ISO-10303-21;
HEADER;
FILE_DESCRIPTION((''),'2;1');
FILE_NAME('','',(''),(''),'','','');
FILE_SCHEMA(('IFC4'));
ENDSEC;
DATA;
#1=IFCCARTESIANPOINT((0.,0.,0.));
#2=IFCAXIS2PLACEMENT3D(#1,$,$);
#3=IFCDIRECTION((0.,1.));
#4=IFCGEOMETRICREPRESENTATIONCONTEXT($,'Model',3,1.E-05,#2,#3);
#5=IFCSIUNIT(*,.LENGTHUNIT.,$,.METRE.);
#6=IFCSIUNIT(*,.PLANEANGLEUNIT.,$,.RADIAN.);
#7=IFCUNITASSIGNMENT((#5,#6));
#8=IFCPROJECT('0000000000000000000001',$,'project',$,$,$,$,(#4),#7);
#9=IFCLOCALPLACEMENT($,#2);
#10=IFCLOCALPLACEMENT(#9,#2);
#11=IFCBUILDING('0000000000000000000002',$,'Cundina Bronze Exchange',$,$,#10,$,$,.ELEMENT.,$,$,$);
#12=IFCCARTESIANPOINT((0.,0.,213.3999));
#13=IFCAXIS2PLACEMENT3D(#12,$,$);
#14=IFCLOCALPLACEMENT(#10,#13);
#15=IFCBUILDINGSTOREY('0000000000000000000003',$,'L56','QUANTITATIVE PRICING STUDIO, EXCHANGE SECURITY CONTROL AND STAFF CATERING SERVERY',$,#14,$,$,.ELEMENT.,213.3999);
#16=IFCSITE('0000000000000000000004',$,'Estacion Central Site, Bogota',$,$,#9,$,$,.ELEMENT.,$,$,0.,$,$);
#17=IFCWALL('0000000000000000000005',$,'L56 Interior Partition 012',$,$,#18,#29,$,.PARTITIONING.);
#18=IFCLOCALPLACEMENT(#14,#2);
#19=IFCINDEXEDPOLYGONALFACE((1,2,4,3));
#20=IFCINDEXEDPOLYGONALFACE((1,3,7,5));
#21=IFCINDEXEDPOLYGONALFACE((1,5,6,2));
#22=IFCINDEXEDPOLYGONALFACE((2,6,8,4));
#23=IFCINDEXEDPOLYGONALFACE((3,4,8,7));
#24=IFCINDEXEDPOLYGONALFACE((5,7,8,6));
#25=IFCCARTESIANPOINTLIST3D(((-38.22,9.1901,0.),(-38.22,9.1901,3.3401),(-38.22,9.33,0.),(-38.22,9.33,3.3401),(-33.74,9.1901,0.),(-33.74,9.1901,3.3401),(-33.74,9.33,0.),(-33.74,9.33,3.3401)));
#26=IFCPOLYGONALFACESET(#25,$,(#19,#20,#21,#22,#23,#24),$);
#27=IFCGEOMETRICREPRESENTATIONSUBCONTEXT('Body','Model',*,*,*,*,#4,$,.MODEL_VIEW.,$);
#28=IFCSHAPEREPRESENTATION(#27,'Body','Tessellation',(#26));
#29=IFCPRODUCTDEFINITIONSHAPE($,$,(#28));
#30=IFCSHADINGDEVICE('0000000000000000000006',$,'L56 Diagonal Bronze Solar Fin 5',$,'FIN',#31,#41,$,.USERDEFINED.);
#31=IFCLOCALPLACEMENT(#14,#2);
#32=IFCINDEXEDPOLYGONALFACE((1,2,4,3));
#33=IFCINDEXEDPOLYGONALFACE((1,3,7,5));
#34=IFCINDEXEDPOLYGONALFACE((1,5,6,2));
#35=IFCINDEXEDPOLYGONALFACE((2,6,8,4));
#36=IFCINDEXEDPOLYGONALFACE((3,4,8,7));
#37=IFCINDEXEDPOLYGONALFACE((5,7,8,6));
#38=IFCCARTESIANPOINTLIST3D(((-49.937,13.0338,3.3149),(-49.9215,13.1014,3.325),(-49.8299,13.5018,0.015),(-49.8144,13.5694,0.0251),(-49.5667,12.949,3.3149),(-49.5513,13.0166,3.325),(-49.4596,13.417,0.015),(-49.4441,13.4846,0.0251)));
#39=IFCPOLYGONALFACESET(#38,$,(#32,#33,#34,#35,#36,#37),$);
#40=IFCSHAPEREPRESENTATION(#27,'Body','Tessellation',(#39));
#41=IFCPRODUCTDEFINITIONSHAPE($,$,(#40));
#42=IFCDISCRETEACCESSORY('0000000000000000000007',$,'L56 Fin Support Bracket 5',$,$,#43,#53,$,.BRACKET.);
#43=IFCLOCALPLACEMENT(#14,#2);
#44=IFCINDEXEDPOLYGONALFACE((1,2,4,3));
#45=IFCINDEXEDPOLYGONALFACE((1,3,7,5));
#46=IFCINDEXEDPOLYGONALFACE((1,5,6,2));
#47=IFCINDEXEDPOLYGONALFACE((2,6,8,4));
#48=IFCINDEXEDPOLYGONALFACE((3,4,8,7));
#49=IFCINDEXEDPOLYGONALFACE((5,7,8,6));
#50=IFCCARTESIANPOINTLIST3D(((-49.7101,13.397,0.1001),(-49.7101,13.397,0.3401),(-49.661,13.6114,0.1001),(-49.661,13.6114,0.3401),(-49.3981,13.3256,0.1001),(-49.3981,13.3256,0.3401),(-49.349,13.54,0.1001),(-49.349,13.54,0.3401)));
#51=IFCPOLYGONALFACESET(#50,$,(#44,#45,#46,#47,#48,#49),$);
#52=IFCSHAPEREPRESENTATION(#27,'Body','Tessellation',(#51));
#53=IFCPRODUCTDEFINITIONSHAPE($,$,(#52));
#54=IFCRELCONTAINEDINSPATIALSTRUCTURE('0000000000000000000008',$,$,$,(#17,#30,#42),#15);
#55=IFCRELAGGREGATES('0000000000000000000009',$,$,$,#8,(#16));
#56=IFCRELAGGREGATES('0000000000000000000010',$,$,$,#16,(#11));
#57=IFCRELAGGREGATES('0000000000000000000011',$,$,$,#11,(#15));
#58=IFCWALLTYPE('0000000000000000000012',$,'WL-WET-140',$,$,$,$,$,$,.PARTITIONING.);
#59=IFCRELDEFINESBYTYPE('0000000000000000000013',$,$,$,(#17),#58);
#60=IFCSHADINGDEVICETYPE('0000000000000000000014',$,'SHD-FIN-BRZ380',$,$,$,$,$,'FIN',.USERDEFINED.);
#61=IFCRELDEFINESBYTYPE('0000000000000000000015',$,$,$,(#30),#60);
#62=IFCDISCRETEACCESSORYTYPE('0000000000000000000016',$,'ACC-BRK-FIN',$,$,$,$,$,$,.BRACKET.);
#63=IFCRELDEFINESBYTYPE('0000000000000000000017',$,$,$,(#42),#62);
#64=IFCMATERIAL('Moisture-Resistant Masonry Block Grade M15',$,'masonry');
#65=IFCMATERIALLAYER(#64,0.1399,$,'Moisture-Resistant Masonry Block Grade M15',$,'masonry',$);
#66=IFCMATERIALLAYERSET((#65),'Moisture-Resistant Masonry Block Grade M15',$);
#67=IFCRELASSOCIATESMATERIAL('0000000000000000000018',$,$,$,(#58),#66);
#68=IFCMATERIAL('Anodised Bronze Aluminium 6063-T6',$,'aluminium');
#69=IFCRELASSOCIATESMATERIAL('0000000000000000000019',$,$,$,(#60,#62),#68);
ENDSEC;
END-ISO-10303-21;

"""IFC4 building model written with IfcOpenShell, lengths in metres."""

from ifc_helpers import new_model, si_unit, direction, frame, frame_2d, origin, origin_2d, place, context, subcontext, project, spatial, rectangle, extrude, material, layer, layer_set, material_profile, profile_set, type_object, element, save


model = new_model("IFC4")

# Units and contexts
model_context = context("Model", 3, precision=1e-05, world=origin(), true_north=direction((0.0, 1.0)))
body_context = subcontext(model_context, "Body", "Model", "MODEL_VIEW")
ifc_project = project(units=[si_unit("LENGTHUNIT", "METRE"), si_unit("PLANEANGLEUNIT", "RADIAN")], contexts=[model_context])

# Site, building, storey
site_placement = place(None, origin())
site = spatial("IfcSite", under=ifc_project, at=site_placement, Name="Estacion Central Site, Bogota", CompositionType="ELEMENT", RefElevation=0.0)
building_placement = place(site_placement, origin())
building = spatial("IfcBuilding", under=site, at=building_placement, Name="Cundina Bronze Exchange", CompositionType="ELEMENT")
storey_placement = place(building_placement, frame((0.0, 0.0, 213.3999)))
storey = spatial("IfcBuildingStorey", under=building, at=storey_placement, Name="L56", Description="QUANTITATIVE PRICING STUDIO, EXCHANGE SECURITY CONTROL AND STAFF CATERING SERVERY", CompositionType="ELEMENT", Elevation=213.3999)

# Shared definitions
ifc_material_1 = material(Name="Anodised Bronze Aluminium 6063-T6", Category="aluminium")

# Wall
ifc_material_2 = material(Name="Moisture-Resistant Masonry Block Grade M15", Category="masonry")
ifc_layer_1 = layer(ifc_material_2, 0.1399, Name="Moisture-Resistant Masonry Block Grade M15", Category="masonry")
ifc_layer_set_1 = layer_set([ifc_layer_1], Name="Moisture-Resistant Masonry Block Grade M15")
wall_type_1 = type_object("IfcWallType", Name="WL-WET-140", PredefinedType="PARTITIONING", material=ifc_layer_set_1)
for number, where, z_axis, x_axis, name in (
    (1, (-38.22, 9.26, 0.0), (0.0, 0.0, 1.0), (1.0, 0.0, 0.0), "L56 Interior Partition 012"),
):
    element("IfcWall", number, at=place(storey_placement, frame(where, z_axis=z_axis, x_axis=x_axis)), inside=storey, type_object=wall_type_1, Name=name, PredefinedType="PARTITIONING", context=body_context, shape_type="SweptSolid", body=[
        extrude(rectangle(XDim=4.48, YDim=0.1399, at=frame_2d((2.24, 0.0))), origin(), (0.0, 0.0, 1.0), 3.3401),
    ])

# Shading device
ifc_material_profile_1 = material_profile(ifc_material_1, rectangle(XDim=0.0701, YDim=0.3799, at=origin_2d()), Name="FIN70X380", Category="aluminium")
ifc_profile_set_1 = profile_set([ifc_material_profile_1], Name="Anodised Bronze Aluminium 6063-T6")
shading_device_type = type_object("IfcShadingDeviceType", Name="SHD-FIN-BRZ380", ElementType="FIN", PredefinedType="USERDEFINED", material=ifc_profile_set_1)
shading_device_placement = place(storey_placement, frame((-49.637, 13.4932, 0.02), z_axis=(-0.032139, -0.140344, 0.989581), x_axis=(0.220899, 0.964611, 0.143977)))
element("IfcShadingDevice", 2, at=shading_device_placement, inside=storey, type_object=shading_device_type, Name="L56 Diagonal Bronze Solar Fin 5", ObjectType="FIN", PredefinedType="USERDEFINED", context=body_context, shape_type="SweptSolid", body=[
    extrude(rectangle(XDim=0.0701, YDim=0.3799, at=origin_2d()), origin(), (0.0, 0.0, 1.0), 3.3347),
])

# Discrete accessory
discrete_accessory_type = type_object("IfcDiscreteAccessoryType", Name="ACC-BRK-FIN", PredefinedType="BRACKET", material=ifc_material_1)
discrete_accessory_placement = place(storey_placement, frame((-49.5295, 13.4685, 0.1001), z_axis=(0.0, 0.0, 1.0), x_axis=(-0.223284, -0.974753, 0.0)))
element("IfcDiscreteAccessory", 3, at=discrete_accessory_placement, inside=storey, type_object=discrete_accessory_type, Name="L56 Fin Support Bracket 5", PredefinedType="BRACKET", context=body_context, shape_type="SweptSolid", body=[
    extrude(rectangle(XDim=0.22, YDim=0.3201, at=origin_2d()), origin(), (0.0, 0.0, 1.0), 0.24),
])

save(model, "model.ifc")
